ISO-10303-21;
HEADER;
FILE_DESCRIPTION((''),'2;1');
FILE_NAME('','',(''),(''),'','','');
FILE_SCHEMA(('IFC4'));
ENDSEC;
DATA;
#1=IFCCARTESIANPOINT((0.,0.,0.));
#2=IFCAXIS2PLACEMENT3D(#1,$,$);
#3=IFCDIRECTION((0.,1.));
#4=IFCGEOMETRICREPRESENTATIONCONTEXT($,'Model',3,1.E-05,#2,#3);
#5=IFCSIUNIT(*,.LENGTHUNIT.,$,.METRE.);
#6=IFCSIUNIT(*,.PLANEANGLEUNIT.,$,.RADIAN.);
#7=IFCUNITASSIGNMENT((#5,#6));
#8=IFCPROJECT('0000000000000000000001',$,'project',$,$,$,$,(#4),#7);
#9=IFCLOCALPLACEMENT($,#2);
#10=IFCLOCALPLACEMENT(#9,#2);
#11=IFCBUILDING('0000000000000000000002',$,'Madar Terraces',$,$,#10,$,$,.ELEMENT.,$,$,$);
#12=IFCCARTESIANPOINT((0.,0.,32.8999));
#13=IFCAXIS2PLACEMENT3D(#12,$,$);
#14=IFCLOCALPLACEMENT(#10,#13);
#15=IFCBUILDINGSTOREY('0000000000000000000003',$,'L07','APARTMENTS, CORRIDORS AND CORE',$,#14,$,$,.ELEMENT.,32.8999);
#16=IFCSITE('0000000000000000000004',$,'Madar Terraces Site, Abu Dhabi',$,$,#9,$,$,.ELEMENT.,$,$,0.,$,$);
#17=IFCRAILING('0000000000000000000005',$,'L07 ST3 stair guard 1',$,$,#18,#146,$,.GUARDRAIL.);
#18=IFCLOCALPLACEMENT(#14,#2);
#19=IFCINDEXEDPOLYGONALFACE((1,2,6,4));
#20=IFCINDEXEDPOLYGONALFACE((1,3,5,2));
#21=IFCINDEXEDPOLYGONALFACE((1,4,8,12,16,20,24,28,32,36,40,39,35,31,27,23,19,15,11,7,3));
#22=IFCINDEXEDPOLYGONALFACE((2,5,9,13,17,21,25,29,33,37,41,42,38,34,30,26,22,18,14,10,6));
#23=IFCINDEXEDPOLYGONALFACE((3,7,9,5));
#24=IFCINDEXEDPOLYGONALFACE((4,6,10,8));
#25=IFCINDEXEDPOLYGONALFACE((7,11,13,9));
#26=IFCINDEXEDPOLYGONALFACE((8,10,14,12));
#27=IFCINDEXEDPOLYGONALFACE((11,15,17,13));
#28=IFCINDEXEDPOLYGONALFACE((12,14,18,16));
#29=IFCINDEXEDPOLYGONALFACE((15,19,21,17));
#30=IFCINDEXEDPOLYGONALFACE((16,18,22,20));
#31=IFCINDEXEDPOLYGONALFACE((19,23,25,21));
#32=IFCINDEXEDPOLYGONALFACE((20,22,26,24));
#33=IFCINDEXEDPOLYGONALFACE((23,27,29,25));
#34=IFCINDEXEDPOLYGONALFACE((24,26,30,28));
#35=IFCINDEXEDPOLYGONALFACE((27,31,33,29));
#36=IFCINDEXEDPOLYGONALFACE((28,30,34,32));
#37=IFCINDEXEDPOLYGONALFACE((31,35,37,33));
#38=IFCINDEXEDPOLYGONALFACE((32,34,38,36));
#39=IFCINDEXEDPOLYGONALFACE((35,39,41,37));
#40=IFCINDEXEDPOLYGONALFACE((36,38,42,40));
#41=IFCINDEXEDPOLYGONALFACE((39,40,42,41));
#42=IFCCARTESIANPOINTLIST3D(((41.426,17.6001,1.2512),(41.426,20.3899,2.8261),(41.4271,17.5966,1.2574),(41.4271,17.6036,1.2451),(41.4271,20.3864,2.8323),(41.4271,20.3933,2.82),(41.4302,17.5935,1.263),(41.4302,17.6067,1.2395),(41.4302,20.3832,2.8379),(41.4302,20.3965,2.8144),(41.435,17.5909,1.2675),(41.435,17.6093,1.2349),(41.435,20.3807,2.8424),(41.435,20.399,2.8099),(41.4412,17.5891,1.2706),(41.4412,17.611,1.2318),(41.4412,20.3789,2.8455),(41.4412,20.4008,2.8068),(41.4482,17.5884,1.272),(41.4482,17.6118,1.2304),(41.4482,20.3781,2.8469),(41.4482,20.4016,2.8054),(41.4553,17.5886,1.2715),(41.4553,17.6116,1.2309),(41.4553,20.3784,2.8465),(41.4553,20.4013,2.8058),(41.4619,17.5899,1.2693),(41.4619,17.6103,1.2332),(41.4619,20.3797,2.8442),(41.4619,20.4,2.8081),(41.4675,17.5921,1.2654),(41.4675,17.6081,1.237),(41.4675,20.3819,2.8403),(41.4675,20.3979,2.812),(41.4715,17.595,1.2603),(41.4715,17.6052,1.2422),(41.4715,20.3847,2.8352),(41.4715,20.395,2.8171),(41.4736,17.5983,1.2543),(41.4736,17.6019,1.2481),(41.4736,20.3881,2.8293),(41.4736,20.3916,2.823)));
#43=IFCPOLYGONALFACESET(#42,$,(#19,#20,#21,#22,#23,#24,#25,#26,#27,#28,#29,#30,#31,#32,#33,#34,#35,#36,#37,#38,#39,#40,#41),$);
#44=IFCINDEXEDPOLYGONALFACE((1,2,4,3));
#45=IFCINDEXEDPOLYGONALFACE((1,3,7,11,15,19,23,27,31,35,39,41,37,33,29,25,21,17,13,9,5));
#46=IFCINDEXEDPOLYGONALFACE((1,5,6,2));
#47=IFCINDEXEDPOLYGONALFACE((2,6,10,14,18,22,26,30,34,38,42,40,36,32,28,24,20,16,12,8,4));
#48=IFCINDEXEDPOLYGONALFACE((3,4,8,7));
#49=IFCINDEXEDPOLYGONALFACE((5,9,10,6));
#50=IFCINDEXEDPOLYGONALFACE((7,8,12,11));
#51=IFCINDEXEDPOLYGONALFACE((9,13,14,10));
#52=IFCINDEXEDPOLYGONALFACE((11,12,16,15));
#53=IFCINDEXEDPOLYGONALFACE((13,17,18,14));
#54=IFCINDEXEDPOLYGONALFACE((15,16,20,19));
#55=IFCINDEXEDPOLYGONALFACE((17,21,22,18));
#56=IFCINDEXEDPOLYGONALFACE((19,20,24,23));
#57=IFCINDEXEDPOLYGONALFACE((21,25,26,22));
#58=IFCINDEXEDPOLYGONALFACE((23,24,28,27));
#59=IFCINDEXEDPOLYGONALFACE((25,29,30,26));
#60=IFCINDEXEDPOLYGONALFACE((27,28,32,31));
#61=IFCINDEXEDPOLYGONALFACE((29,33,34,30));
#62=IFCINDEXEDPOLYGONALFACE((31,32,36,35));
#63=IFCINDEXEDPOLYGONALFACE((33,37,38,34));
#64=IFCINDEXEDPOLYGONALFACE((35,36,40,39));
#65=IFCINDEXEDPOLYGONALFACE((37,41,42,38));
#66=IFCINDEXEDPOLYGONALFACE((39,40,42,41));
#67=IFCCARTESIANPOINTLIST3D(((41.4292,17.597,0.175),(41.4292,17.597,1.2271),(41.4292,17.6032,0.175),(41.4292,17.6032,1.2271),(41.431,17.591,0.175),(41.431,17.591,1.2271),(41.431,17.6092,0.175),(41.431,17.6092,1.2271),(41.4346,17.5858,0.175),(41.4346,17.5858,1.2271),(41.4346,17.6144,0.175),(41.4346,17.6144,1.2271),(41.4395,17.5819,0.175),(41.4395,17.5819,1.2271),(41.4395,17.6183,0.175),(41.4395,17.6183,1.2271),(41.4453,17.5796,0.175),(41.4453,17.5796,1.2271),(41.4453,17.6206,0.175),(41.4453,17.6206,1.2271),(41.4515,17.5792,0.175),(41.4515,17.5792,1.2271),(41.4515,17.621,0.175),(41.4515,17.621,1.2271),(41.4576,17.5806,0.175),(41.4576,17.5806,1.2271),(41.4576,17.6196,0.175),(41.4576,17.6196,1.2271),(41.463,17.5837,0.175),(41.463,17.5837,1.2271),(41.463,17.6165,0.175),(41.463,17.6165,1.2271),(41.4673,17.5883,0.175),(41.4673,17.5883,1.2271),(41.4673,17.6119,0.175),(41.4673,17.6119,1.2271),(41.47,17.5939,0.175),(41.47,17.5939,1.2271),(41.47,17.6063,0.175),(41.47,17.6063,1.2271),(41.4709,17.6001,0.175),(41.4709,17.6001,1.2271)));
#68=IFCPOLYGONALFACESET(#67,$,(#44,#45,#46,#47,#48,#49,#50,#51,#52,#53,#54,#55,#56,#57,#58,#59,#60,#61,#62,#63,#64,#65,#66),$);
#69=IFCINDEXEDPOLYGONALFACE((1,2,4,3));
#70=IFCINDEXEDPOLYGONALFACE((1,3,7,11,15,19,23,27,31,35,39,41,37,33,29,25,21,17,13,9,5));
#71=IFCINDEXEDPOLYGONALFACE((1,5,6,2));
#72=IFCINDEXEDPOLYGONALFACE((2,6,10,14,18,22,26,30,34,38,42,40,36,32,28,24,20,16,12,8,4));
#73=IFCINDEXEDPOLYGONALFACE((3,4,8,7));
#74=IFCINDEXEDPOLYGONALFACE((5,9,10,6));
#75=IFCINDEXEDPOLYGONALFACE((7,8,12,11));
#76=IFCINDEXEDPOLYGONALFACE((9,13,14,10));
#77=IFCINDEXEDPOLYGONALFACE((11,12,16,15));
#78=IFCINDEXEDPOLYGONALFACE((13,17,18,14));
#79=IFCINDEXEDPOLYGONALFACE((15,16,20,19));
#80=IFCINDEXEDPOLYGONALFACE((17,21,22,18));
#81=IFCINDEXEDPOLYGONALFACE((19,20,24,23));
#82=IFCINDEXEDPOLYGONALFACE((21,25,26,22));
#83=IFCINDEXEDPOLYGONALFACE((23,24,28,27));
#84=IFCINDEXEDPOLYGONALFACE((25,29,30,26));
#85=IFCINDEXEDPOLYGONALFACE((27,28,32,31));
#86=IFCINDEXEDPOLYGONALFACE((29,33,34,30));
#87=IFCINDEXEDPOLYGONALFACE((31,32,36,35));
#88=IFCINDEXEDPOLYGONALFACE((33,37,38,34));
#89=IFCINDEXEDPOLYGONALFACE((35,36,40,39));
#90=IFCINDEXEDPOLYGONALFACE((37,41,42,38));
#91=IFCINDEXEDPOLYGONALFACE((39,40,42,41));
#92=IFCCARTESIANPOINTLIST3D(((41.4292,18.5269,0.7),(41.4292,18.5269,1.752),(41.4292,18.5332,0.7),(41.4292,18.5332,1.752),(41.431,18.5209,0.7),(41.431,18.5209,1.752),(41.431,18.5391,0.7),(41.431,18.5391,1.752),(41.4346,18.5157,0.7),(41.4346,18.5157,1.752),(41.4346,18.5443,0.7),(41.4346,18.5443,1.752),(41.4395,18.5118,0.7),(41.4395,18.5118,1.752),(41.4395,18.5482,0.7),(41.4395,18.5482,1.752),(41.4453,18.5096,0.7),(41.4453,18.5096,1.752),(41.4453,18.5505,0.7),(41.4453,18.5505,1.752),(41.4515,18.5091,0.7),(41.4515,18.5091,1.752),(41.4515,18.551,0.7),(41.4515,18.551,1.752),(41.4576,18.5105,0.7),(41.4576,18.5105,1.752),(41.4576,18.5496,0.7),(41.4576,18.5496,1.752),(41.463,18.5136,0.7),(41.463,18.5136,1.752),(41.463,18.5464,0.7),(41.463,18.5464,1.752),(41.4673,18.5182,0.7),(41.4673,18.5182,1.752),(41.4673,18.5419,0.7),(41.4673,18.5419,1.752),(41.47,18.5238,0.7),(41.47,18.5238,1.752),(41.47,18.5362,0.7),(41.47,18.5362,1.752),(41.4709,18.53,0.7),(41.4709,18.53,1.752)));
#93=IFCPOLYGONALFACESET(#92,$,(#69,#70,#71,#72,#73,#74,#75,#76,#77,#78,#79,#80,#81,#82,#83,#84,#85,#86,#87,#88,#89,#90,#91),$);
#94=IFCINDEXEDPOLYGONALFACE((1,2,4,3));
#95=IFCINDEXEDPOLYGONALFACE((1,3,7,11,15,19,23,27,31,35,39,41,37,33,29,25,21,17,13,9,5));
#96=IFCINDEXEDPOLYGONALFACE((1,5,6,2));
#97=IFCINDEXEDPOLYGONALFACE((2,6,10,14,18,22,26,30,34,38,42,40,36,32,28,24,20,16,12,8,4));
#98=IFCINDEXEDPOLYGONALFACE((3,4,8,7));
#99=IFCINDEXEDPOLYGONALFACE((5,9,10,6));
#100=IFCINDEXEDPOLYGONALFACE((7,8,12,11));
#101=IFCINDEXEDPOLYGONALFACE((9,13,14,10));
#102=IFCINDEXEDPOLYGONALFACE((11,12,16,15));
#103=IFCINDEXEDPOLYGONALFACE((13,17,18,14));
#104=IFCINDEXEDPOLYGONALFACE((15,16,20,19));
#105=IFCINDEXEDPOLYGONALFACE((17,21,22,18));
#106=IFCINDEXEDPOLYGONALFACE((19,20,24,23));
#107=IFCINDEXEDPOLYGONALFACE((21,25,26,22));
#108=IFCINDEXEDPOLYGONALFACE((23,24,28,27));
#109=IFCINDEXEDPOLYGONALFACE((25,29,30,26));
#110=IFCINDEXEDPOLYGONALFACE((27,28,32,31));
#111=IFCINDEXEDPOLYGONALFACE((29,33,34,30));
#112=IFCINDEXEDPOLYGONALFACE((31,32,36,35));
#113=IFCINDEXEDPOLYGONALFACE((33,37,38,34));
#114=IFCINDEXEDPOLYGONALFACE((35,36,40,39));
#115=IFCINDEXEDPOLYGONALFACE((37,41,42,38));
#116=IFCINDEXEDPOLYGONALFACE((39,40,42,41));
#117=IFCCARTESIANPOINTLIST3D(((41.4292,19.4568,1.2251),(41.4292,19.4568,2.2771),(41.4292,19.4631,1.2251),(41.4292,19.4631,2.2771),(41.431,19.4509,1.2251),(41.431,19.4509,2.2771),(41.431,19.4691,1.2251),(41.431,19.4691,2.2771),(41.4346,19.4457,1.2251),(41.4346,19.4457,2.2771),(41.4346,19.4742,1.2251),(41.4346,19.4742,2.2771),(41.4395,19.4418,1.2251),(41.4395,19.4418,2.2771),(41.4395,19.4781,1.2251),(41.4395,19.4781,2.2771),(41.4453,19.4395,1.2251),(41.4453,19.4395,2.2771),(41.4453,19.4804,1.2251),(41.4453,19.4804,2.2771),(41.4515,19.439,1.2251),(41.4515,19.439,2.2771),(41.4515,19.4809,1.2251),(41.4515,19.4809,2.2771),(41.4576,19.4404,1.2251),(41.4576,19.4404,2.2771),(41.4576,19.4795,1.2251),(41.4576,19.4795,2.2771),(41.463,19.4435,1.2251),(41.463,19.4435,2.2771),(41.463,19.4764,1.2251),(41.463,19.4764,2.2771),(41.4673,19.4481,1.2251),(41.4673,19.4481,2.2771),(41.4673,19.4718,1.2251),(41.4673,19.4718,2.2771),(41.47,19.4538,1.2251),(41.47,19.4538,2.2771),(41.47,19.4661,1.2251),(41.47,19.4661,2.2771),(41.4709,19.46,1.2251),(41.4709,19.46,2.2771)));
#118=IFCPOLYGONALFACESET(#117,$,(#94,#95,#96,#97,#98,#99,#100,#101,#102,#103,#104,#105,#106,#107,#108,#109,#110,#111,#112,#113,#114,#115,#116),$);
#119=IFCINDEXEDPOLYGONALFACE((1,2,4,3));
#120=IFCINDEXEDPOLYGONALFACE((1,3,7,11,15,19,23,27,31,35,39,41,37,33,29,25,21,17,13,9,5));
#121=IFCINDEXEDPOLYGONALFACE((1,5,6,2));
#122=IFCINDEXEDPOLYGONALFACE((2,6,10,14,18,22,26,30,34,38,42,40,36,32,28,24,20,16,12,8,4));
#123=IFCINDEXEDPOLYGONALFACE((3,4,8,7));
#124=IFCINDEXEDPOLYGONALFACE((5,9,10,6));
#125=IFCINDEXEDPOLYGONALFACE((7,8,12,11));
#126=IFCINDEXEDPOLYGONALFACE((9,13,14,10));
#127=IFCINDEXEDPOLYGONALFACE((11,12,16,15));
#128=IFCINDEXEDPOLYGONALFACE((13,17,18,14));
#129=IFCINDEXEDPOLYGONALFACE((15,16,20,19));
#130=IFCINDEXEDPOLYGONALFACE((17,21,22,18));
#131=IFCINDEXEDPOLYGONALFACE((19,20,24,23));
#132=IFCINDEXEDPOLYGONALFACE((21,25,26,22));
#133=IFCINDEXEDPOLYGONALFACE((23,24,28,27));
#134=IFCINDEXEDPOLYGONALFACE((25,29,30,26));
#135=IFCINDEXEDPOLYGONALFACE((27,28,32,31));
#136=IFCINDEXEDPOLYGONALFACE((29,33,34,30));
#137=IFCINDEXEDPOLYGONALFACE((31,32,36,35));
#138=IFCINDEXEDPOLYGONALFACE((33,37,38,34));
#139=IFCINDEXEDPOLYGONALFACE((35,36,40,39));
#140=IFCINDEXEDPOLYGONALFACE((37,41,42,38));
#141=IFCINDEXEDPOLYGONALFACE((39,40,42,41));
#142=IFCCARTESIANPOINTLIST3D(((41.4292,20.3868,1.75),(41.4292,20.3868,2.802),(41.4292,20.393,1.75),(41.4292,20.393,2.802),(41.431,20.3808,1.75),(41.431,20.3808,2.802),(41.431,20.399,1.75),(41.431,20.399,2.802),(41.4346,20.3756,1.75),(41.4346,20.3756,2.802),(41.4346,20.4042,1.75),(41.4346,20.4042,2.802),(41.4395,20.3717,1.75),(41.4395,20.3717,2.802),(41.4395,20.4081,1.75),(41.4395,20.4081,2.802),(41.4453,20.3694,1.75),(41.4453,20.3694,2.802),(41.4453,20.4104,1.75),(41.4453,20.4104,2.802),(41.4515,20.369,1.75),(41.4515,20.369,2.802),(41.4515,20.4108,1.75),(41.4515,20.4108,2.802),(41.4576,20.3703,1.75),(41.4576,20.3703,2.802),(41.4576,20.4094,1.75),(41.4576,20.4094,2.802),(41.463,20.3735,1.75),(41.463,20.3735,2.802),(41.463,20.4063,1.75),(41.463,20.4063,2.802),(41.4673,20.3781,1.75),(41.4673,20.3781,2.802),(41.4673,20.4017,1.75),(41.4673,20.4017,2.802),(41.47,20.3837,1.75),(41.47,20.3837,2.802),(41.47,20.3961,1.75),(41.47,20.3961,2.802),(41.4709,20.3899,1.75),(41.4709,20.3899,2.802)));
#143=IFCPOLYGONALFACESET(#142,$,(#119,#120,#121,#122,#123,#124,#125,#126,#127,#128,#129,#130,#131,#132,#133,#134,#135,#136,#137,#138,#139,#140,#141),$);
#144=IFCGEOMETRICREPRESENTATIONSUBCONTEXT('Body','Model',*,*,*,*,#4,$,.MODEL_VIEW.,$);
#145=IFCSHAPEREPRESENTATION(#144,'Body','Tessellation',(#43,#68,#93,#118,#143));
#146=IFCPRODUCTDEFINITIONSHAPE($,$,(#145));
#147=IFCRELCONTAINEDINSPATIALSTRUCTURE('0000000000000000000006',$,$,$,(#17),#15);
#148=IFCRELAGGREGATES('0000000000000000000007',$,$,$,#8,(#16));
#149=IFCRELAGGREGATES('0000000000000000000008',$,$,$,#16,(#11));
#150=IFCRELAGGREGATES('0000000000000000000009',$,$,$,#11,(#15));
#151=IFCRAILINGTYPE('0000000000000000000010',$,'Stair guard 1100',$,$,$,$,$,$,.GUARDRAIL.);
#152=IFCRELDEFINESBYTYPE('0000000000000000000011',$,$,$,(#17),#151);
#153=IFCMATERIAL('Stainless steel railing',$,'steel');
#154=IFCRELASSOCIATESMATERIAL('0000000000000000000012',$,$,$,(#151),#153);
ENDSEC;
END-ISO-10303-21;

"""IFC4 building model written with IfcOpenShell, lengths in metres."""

from ifc_helpers import new_model, si_unit, direction, frame, origin, origin_2d, place, context, subcontext, project, spatial, circle, extrude, material, type_object, element, save


model = new_model("IFC4")

# Units and contexts
model_context = context("Model", 3, precision=1e-05, world=origin(), true_north=direction((0.0, 1.0)))
body_context = subcontext(model_context, "Body", "Model", "MODEL_VIEW")
ifc_project = project(units=[si_unit("LENGTHUNIT", "METRE"), si_unit("PLANEANGLEUNIT", "RADIAN")], contexts=[model_context])

# Site, building, storey
site_placement = place(None, origin())
site = spatial("IfcSite", under=ifc_project, at=site_placement, Name="Madar Terraces Site, Abu Dhabi", CompositionType="ELEMENT", RefElevation=0.0)
building_placement = place(site_placement, origin())
building = spatial("IfcBuilding", under=site, at=building_placement, Name="Madar Terraces", CompositionType="ELEMENT")
storey_placement = place(building_placement, frame((0.0, 0.0, 32.8999)))
storey = spatial("IfcBuildingStorey", under=building, at=storey_placement, Name="L07", Description="APARTMENTS, CORRIDORS AND CORE", CompositionType="ELEMENT", Elevation=32.8999)

# Railing
ifc_material_1 = material(Name="Stainless steel railing", Category="steel")
railing_type_1 = type_object("IfcRailingType", Name="Stair guard 1100", PredefinedType="GUARDRAIL", material=ifc_material_1)
railing_1_placement = place(storey_placement, frame((41.45, 17.6001, 0.175)))
element("IfcRailing", 1, at=railing_1_placement, inside=storey, type_object=railing_type_1, Name="L07 ST3 stair guard 1", PredefinedType="GUARDRAIL", context=body_context, shape_type="SweptSolid", body=[
    extrude(circle(Radius=0.0239, at=origin_2d()), frame((0.0, 0.0, 1.0762), z_axis=(0.0, 0.870815, 0.49161), x_axis=(-1.0, 0.0, 0.0)), (0.0, 0.0, 1.0), 3.2036),
    extrude(circle(Radius=0.021, at=origin_2d()), origin(), (0.0, 0.0, 1.0), 1.052),
    extrude(circle(Radius=0.021, at=origin_2d()), frame((0.0, 0.9299, 0.5249)), (0.0, 0.0, 1.0), 1.052),
    extrude(circle(Radius=0.021, at=origin_2d()), frame((0.0, 1.8599, 1.05)), (0.0, 0.0, 1.0), 1.052),
    extrude(circle(Radius=0.021, at=origin_2d()), frame((0.0, 2.7898, 1.575)), (0.0, 0.0, 1.0), 1.052),
])

save(model, "model.ifc")
